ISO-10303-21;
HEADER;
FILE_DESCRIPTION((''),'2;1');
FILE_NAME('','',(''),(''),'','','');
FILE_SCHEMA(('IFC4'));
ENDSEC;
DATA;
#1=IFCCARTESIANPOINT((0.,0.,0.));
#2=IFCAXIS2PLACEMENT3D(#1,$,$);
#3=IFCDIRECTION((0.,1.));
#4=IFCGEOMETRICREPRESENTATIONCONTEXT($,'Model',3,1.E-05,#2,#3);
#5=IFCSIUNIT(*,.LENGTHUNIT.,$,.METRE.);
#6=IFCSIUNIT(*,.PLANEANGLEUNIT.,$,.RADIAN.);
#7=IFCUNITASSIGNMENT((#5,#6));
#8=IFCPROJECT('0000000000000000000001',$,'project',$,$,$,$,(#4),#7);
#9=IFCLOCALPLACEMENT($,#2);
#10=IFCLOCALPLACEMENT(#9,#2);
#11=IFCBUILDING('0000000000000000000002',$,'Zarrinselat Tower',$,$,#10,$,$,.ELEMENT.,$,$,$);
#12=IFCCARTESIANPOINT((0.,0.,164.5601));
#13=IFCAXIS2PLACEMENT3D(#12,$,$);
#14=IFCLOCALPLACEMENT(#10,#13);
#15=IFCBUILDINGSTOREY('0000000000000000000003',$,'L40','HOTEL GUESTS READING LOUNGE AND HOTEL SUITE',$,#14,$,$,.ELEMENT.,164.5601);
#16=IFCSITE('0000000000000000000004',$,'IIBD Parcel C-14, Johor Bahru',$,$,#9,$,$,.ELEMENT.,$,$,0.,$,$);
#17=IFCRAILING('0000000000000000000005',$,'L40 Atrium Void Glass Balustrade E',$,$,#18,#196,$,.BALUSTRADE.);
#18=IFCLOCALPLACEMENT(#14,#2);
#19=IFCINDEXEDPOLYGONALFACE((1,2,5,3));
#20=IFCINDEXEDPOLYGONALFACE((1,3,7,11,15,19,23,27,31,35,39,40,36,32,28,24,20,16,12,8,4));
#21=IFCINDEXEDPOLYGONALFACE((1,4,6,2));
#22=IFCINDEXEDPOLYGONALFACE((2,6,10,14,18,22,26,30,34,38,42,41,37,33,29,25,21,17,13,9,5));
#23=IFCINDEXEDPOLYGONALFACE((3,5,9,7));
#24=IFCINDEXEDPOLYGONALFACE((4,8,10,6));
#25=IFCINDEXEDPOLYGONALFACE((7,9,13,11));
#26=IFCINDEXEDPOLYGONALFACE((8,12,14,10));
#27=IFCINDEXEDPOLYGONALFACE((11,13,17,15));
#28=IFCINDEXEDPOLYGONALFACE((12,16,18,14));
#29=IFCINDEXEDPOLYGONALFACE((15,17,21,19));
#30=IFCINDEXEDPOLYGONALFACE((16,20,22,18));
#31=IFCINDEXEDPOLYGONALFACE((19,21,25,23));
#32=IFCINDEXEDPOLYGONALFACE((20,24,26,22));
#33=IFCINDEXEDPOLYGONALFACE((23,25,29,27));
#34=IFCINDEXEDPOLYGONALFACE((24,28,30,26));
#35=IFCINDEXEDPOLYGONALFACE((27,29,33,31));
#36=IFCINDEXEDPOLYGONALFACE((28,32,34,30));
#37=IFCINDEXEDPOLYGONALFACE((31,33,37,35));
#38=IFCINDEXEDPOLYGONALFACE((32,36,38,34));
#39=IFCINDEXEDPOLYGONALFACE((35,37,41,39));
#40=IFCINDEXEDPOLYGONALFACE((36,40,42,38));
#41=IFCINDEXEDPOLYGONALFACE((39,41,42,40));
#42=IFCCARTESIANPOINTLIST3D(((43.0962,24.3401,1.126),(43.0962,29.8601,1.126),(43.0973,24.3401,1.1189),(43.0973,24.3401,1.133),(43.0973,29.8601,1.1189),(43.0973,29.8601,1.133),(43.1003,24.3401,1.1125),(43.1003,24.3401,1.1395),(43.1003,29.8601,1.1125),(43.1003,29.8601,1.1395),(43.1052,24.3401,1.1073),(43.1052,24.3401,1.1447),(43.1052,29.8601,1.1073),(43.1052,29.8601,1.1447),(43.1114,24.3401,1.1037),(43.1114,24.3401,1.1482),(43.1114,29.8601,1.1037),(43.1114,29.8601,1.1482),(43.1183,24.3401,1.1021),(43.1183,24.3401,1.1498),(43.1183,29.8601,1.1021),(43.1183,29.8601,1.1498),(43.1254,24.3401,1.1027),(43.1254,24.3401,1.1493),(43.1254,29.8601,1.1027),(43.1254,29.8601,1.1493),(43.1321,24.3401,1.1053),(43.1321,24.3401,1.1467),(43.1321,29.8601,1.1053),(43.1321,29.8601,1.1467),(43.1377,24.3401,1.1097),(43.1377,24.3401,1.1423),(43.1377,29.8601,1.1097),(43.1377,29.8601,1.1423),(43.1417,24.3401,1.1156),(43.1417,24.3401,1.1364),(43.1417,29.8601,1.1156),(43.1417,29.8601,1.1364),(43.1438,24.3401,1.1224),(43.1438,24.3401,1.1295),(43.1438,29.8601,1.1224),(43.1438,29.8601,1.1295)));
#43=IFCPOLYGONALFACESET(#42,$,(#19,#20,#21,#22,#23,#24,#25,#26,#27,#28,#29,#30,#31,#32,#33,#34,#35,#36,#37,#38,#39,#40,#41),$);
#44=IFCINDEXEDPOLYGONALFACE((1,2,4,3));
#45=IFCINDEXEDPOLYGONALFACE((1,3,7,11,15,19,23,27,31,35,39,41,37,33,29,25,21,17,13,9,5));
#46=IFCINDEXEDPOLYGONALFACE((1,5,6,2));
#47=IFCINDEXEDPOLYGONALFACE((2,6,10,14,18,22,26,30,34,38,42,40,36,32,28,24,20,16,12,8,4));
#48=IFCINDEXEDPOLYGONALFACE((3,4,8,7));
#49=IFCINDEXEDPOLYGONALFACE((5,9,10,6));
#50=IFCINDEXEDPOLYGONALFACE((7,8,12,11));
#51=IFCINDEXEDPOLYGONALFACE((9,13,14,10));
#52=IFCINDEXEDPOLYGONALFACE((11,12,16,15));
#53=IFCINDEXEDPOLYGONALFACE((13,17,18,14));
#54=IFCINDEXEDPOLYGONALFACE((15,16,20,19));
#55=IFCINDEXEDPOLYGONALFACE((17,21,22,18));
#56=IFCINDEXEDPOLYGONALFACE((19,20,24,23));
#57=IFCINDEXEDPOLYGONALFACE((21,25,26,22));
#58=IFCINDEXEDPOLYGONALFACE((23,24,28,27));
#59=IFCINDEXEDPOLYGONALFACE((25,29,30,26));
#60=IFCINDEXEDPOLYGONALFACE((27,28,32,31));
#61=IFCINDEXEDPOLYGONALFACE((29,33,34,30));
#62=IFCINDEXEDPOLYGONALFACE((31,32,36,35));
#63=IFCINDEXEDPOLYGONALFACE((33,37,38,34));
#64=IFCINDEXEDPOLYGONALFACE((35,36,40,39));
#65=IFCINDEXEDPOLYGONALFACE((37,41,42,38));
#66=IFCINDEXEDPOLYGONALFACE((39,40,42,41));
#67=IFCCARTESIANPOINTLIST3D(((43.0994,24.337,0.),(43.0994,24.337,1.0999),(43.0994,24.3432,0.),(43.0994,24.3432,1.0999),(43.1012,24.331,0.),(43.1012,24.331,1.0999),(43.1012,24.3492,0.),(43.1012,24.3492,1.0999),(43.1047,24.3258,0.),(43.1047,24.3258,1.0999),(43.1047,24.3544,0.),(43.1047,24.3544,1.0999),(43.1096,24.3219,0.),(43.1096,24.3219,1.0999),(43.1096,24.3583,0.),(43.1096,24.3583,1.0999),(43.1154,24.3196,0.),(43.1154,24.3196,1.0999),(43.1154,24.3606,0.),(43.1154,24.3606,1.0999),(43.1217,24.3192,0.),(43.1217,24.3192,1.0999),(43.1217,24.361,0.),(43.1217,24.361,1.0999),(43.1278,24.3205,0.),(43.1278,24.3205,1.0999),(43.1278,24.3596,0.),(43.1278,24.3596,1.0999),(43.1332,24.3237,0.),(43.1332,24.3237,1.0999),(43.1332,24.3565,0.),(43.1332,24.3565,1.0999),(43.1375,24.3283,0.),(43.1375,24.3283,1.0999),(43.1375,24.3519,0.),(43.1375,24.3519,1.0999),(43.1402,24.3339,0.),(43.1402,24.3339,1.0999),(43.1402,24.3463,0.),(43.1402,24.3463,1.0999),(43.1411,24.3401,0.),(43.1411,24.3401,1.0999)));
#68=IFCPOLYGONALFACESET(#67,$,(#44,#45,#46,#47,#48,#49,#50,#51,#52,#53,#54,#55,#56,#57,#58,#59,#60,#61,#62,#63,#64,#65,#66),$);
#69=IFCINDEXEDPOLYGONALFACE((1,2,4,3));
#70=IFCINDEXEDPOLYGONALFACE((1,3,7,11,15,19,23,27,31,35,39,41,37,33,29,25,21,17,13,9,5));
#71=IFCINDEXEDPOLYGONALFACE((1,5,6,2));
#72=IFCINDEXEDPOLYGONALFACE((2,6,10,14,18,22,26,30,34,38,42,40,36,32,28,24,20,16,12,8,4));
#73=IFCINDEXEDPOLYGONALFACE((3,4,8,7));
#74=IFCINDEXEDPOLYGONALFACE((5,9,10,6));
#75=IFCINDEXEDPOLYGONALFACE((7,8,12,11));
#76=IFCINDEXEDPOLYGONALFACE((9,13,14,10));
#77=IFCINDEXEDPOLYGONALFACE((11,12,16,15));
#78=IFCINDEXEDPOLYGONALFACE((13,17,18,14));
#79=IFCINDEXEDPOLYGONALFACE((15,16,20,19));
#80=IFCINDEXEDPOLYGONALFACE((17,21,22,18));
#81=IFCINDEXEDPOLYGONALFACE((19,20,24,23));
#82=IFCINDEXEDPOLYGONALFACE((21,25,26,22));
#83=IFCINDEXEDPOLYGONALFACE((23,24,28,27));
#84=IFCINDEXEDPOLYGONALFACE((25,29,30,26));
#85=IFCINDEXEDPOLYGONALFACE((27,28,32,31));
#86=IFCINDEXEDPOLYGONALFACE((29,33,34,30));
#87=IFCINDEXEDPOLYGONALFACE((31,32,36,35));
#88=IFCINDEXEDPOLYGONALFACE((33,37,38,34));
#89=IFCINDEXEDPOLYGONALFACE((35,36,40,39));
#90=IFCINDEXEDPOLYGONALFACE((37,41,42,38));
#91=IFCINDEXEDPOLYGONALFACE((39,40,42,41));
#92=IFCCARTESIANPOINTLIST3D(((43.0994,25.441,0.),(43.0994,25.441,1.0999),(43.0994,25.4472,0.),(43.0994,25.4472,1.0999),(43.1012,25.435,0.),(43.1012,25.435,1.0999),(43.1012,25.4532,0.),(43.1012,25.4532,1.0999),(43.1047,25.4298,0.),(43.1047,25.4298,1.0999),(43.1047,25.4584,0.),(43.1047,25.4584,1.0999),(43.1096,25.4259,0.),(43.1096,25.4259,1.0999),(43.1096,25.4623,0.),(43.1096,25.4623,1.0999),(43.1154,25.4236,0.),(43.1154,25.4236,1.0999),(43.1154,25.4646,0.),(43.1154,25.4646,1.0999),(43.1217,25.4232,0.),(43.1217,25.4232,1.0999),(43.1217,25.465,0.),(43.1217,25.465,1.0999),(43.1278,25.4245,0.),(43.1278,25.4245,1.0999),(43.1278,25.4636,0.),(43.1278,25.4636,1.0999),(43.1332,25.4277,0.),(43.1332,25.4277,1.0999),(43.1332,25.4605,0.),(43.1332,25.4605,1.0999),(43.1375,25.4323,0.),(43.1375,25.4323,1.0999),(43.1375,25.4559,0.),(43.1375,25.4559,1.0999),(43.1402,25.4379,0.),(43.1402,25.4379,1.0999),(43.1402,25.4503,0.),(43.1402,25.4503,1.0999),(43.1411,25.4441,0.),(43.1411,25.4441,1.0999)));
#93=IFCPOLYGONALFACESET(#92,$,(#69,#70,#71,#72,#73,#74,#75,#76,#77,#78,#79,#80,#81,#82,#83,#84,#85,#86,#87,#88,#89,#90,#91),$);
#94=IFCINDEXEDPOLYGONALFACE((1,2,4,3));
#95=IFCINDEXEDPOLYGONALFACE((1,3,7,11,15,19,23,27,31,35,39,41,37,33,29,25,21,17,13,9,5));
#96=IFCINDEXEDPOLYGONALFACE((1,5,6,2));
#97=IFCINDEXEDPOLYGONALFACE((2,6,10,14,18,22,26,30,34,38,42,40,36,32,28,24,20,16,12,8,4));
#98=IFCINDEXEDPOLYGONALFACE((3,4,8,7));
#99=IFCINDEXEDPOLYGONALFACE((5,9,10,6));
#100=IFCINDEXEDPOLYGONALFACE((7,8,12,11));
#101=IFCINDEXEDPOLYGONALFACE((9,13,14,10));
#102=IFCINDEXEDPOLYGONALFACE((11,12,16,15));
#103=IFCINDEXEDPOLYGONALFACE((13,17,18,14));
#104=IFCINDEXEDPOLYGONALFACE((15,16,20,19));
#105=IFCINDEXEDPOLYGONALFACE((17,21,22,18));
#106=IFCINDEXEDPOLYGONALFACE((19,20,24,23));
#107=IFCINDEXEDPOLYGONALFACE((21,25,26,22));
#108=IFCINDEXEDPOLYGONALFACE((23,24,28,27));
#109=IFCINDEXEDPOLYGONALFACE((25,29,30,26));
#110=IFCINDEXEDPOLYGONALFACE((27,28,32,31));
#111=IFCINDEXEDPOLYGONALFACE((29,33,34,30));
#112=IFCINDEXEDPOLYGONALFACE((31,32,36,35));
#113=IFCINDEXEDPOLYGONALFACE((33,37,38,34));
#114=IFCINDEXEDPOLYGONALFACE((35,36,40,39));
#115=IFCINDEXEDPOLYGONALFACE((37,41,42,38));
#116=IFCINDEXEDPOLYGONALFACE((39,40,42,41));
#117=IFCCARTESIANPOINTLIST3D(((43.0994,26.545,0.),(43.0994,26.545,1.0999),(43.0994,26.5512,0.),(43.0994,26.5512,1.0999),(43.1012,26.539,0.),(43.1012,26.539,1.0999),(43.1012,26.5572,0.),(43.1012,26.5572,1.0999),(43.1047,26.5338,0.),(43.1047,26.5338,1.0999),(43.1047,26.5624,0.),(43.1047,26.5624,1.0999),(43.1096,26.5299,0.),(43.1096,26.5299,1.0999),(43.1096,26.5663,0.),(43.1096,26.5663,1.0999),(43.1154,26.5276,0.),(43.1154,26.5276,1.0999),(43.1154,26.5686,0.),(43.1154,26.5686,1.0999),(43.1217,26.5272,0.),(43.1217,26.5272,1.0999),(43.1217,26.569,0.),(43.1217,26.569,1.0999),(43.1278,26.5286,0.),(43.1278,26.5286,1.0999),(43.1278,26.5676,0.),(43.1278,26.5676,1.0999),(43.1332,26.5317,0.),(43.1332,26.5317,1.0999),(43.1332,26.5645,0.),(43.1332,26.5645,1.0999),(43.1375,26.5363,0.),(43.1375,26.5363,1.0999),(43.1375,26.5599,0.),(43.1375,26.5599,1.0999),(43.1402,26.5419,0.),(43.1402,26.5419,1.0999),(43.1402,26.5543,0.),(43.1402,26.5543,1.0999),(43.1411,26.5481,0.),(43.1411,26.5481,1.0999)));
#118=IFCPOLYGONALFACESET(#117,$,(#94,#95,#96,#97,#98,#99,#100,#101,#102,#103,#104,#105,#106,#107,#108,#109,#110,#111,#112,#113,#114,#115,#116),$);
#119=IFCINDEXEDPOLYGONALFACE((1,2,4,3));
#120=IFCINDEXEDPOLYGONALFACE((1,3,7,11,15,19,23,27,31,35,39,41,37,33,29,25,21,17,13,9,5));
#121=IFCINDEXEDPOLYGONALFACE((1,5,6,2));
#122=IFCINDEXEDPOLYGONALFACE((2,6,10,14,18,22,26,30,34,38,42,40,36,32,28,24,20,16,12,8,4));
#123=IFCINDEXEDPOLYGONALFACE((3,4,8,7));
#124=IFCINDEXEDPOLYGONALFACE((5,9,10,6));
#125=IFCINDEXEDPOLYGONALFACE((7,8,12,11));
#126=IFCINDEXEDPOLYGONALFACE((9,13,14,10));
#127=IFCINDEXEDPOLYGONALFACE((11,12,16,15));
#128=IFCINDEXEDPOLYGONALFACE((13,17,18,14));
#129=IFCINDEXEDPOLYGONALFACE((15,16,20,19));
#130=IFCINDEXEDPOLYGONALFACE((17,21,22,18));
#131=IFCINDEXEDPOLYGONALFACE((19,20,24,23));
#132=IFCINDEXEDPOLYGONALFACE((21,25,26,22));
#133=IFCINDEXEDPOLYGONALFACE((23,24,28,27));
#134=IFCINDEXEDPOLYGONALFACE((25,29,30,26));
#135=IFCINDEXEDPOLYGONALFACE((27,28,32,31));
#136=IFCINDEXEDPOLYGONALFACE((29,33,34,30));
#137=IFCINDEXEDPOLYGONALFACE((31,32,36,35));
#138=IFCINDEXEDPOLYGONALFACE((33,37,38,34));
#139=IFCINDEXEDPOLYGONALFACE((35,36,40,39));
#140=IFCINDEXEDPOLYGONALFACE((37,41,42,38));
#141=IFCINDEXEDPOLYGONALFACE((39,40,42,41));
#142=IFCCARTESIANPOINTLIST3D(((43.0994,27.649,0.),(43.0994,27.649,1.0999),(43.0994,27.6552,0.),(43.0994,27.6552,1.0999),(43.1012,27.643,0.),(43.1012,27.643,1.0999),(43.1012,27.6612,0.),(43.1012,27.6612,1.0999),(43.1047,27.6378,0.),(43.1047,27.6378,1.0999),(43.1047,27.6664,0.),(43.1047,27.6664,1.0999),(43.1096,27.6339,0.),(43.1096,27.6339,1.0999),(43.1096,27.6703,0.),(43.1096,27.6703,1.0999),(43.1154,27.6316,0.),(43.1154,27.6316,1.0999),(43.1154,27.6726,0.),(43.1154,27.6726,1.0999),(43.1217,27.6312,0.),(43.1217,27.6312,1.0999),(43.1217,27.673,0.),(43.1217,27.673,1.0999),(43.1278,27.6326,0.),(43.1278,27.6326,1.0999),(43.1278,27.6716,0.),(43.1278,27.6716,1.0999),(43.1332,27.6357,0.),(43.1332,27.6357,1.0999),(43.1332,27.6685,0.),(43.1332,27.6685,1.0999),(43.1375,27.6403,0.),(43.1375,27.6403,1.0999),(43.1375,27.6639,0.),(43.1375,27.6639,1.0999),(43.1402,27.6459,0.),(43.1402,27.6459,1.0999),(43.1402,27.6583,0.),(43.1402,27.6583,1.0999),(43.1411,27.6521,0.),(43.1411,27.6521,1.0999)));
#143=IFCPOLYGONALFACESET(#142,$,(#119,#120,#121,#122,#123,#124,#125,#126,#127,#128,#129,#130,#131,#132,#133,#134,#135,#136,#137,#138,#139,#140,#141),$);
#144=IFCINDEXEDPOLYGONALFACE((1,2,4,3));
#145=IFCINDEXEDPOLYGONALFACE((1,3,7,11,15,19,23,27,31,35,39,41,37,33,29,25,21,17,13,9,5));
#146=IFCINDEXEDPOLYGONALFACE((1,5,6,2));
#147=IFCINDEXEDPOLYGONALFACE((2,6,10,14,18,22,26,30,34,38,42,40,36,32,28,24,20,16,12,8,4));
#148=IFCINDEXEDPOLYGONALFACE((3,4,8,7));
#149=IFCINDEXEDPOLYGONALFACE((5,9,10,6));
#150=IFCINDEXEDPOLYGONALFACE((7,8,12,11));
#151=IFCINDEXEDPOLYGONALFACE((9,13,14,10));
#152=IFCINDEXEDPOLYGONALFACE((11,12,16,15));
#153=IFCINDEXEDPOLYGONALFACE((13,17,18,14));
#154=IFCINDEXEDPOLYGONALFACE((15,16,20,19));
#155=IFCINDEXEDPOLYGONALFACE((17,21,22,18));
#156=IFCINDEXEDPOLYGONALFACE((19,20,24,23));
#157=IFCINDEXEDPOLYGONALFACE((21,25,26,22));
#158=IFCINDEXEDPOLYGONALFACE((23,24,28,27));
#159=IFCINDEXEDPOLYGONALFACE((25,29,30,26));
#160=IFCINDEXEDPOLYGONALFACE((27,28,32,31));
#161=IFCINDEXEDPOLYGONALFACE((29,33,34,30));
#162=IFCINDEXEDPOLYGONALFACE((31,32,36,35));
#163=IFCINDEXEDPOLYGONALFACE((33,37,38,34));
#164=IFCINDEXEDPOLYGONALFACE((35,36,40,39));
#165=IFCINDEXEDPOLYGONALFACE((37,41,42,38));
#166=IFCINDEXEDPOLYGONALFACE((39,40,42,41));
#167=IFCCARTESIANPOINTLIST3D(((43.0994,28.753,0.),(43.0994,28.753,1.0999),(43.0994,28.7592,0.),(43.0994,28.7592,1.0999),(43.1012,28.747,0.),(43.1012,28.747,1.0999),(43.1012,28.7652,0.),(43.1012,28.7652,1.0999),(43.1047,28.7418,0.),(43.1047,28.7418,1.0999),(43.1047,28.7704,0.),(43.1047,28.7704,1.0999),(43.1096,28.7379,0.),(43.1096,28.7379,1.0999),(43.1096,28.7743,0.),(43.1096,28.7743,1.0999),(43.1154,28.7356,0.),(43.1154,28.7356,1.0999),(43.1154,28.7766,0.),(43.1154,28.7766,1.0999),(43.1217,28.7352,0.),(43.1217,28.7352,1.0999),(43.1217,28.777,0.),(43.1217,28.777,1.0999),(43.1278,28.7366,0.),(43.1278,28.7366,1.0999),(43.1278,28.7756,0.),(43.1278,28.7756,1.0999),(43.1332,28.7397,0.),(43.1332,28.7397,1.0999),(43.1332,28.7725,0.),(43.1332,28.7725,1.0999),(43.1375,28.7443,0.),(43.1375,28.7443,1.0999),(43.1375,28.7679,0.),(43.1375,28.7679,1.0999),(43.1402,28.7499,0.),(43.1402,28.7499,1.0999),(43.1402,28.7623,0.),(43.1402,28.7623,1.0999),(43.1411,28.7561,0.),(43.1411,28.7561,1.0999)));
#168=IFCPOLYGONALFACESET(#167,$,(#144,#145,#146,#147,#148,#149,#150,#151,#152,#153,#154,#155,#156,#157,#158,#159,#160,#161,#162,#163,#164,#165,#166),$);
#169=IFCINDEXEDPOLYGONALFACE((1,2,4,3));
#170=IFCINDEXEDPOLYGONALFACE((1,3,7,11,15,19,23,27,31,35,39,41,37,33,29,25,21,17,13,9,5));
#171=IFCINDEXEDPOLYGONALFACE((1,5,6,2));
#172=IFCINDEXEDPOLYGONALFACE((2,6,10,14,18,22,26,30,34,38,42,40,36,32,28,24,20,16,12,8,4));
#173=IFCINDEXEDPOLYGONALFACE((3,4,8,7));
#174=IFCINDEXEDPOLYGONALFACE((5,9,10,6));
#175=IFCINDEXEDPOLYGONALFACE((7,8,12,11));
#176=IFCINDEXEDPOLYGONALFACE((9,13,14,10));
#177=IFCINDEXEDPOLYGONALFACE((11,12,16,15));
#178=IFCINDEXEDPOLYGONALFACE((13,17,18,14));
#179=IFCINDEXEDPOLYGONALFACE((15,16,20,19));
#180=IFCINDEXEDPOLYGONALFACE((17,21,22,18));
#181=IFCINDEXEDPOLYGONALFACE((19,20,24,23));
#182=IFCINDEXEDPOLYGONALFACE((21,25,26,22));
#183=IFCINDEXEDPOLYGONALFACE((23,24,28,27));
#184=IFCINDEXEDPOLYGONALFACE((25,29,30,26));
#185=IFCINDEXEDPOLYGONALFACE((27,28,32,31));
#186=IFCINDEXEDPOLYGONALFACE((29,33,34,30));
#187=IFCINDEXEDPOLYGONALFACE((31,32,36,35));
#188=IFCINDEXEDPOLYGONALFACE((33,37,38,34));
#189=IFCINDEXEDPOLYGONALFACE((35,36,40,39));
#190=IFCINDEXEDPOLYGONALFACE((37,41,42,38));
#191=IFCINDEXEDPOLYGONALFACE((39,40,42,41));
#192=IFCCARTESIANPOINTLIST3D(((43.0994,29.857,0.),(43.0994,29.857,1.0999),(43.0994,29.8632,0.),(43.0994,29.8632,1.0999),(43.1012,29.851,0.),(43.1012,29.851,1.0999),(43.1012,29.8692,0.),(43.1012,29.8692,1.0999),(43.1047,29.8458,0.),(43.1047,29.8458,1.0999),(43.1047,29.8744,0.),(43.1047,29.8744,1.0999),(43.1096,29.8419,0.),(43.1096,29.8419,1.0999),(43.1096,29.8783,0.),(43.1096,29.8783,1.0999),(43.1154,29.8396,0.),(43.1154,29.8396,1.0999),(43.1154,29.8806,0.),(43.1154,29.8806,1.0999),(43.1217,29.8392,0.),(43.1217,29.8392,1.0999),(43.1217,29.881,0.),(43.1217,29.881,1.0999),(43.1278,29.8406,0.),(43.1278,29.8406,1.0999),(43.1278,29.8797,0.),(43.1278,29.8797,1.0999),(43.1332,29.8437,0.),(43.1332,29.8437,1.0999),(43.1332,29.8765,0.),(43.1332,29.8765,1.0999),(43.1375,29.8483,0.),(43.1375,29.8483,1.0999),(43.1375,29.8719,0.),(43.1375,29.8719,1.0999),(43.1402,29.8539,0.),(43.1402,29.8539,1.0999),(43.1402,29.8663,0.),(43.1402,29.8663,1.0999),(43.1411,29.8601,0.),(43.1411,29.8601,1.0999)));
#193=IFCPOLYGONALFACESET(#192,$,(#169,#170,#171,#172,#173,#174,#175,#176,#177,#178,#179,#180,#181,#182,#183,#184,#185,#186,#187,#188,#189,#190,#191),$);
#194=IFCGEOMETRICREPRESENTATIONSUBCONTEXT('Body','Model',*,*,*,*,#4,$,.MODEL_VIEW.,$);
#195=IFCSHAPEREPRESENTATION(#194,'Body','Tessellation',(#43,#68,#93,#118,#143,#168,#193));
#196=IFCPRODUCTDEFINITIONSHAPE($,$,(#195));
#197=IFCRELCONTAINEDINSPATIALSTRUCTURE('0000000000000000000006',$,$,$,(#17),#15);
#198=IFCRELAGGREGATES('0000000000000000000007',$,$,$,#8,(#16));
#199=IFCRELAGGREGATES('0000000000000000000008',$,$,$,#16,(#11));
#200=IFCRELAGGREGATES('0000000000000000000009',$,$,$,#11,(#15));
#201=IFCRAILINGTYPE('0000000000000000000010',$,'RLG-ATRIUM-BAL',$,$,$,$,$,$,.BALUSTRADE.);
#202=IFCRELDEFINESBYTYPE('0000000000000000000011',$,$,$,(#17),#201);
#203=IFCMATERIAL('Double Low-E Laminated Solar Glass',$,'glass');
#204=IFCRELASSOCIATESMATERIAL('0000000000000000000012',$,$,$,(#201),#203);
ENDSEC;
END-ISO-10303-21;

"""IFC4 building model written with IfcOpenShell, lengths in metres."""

from ifc_helpers import new_model, si_unit, direction, frame, origin, origin_2d, place, context, subcontext, project, spatial, circle, extrude, material, type_object, element, save


model = new_model("IFC4")

# Units and contexts
model_context = context("Model", 3, precision=1e-05, world=origin(), true_north=direction((0.0, 1.0)))
body_context = subcontext(model_context, "Body", "Model", "MODEL_VIEW")
ifc_project = project(units=[si_unit("LENGTHUNIT", "METRE"), si_unit("PLANEANGLEUNIT", "RADIAN")], contexts=[model_context])

# Site, building, storey
site_placement = place(None, origin())
site = spatial("IfcSite", under=ifc_project, at=site_placement, Name="IIBD Parcel C-14, Johor Bahru", CompositionType="ELEMENT", RefElevation=0.0)
building_placement = place(site_placement, origin())
building = spatial("IfcBuilding", under=site, at=building_placement, Name="Zarrinselat Tower", CompositionType="ELEMENT")
storey_placement = place(building_placement, frame((0.0, 0.0, 164.5601)))
storey = spatial("IfcBuildingStorey", under=building, at=storey_placement, Name="L40", Description="HOTEL GUESTS READING LOUNGE AND HOTEL SUITE", CompositionType="ELEMENT", Elevation=164.5601)

# Railing
ifc_material_1 = material(Name="Double Low-E Laminated Solar Glass", Category="glass")
railing_type = type_object("IfcRailingType", Name="RLG-ATRIUM-BAL", PredefinedType="BALUSTRADE", material=ifc_material_1)
railing_1_placement = place(storey_placement, frame((43.1201, 24.3401, 0.0)))
element("IfcRailing", 1, at=railing_1_placement, inside=storey, type_object=railing_type, Name="L40 Atrium Void Glass Balustrade E", PredefinedType="BALUSTRADE", context=body_context, shape_type="SweptSolid", body=[
    extrude(circle(Radius=0.0239, at=origin_2d()), frame((0.0, 0.0, 1.126), z_axis=(0.0, 1.0, 0.0), x_axis=(-1.0, 0.0, 0.0)), (0.0, 0.0, 1.0), 5.52),
    extrude(circle(Radius=0.021, at=origin_2d()), origin(), (0.0, 0.0, 1.0), 1.0999),
    extrude(circle(Radius=0.021, at=origin_2d()), frame((0.0, 1.104, 0.0)), (0.0, 0.0, 1.0), 1.0999),
    extrude(circle(Radius=0.021, at=origin_2d()), frame((0.0, 2.208, 0.0)), (0.0, 0.0, 1.0), 1.0999),
    extrude(circle(Radius=0.021, at=origin_2d()), frame((0.0, 3.312, 0.0)), (0.0, 0.0, 1.0), 1.0999),
    extrude(circle(Radius=0.021, at=origin_2d()), frame((0.0, 4.416, 0.0)), (0.0, 0.0, 1.0), 1.0999),
    extrude(circle(Radius=0.021, at=origin_2d()), frame((0.0, 5.52, 0.0)), (0.0, 0.0, 1.0), 1.0999),
])

save(model, "model.ifc")
